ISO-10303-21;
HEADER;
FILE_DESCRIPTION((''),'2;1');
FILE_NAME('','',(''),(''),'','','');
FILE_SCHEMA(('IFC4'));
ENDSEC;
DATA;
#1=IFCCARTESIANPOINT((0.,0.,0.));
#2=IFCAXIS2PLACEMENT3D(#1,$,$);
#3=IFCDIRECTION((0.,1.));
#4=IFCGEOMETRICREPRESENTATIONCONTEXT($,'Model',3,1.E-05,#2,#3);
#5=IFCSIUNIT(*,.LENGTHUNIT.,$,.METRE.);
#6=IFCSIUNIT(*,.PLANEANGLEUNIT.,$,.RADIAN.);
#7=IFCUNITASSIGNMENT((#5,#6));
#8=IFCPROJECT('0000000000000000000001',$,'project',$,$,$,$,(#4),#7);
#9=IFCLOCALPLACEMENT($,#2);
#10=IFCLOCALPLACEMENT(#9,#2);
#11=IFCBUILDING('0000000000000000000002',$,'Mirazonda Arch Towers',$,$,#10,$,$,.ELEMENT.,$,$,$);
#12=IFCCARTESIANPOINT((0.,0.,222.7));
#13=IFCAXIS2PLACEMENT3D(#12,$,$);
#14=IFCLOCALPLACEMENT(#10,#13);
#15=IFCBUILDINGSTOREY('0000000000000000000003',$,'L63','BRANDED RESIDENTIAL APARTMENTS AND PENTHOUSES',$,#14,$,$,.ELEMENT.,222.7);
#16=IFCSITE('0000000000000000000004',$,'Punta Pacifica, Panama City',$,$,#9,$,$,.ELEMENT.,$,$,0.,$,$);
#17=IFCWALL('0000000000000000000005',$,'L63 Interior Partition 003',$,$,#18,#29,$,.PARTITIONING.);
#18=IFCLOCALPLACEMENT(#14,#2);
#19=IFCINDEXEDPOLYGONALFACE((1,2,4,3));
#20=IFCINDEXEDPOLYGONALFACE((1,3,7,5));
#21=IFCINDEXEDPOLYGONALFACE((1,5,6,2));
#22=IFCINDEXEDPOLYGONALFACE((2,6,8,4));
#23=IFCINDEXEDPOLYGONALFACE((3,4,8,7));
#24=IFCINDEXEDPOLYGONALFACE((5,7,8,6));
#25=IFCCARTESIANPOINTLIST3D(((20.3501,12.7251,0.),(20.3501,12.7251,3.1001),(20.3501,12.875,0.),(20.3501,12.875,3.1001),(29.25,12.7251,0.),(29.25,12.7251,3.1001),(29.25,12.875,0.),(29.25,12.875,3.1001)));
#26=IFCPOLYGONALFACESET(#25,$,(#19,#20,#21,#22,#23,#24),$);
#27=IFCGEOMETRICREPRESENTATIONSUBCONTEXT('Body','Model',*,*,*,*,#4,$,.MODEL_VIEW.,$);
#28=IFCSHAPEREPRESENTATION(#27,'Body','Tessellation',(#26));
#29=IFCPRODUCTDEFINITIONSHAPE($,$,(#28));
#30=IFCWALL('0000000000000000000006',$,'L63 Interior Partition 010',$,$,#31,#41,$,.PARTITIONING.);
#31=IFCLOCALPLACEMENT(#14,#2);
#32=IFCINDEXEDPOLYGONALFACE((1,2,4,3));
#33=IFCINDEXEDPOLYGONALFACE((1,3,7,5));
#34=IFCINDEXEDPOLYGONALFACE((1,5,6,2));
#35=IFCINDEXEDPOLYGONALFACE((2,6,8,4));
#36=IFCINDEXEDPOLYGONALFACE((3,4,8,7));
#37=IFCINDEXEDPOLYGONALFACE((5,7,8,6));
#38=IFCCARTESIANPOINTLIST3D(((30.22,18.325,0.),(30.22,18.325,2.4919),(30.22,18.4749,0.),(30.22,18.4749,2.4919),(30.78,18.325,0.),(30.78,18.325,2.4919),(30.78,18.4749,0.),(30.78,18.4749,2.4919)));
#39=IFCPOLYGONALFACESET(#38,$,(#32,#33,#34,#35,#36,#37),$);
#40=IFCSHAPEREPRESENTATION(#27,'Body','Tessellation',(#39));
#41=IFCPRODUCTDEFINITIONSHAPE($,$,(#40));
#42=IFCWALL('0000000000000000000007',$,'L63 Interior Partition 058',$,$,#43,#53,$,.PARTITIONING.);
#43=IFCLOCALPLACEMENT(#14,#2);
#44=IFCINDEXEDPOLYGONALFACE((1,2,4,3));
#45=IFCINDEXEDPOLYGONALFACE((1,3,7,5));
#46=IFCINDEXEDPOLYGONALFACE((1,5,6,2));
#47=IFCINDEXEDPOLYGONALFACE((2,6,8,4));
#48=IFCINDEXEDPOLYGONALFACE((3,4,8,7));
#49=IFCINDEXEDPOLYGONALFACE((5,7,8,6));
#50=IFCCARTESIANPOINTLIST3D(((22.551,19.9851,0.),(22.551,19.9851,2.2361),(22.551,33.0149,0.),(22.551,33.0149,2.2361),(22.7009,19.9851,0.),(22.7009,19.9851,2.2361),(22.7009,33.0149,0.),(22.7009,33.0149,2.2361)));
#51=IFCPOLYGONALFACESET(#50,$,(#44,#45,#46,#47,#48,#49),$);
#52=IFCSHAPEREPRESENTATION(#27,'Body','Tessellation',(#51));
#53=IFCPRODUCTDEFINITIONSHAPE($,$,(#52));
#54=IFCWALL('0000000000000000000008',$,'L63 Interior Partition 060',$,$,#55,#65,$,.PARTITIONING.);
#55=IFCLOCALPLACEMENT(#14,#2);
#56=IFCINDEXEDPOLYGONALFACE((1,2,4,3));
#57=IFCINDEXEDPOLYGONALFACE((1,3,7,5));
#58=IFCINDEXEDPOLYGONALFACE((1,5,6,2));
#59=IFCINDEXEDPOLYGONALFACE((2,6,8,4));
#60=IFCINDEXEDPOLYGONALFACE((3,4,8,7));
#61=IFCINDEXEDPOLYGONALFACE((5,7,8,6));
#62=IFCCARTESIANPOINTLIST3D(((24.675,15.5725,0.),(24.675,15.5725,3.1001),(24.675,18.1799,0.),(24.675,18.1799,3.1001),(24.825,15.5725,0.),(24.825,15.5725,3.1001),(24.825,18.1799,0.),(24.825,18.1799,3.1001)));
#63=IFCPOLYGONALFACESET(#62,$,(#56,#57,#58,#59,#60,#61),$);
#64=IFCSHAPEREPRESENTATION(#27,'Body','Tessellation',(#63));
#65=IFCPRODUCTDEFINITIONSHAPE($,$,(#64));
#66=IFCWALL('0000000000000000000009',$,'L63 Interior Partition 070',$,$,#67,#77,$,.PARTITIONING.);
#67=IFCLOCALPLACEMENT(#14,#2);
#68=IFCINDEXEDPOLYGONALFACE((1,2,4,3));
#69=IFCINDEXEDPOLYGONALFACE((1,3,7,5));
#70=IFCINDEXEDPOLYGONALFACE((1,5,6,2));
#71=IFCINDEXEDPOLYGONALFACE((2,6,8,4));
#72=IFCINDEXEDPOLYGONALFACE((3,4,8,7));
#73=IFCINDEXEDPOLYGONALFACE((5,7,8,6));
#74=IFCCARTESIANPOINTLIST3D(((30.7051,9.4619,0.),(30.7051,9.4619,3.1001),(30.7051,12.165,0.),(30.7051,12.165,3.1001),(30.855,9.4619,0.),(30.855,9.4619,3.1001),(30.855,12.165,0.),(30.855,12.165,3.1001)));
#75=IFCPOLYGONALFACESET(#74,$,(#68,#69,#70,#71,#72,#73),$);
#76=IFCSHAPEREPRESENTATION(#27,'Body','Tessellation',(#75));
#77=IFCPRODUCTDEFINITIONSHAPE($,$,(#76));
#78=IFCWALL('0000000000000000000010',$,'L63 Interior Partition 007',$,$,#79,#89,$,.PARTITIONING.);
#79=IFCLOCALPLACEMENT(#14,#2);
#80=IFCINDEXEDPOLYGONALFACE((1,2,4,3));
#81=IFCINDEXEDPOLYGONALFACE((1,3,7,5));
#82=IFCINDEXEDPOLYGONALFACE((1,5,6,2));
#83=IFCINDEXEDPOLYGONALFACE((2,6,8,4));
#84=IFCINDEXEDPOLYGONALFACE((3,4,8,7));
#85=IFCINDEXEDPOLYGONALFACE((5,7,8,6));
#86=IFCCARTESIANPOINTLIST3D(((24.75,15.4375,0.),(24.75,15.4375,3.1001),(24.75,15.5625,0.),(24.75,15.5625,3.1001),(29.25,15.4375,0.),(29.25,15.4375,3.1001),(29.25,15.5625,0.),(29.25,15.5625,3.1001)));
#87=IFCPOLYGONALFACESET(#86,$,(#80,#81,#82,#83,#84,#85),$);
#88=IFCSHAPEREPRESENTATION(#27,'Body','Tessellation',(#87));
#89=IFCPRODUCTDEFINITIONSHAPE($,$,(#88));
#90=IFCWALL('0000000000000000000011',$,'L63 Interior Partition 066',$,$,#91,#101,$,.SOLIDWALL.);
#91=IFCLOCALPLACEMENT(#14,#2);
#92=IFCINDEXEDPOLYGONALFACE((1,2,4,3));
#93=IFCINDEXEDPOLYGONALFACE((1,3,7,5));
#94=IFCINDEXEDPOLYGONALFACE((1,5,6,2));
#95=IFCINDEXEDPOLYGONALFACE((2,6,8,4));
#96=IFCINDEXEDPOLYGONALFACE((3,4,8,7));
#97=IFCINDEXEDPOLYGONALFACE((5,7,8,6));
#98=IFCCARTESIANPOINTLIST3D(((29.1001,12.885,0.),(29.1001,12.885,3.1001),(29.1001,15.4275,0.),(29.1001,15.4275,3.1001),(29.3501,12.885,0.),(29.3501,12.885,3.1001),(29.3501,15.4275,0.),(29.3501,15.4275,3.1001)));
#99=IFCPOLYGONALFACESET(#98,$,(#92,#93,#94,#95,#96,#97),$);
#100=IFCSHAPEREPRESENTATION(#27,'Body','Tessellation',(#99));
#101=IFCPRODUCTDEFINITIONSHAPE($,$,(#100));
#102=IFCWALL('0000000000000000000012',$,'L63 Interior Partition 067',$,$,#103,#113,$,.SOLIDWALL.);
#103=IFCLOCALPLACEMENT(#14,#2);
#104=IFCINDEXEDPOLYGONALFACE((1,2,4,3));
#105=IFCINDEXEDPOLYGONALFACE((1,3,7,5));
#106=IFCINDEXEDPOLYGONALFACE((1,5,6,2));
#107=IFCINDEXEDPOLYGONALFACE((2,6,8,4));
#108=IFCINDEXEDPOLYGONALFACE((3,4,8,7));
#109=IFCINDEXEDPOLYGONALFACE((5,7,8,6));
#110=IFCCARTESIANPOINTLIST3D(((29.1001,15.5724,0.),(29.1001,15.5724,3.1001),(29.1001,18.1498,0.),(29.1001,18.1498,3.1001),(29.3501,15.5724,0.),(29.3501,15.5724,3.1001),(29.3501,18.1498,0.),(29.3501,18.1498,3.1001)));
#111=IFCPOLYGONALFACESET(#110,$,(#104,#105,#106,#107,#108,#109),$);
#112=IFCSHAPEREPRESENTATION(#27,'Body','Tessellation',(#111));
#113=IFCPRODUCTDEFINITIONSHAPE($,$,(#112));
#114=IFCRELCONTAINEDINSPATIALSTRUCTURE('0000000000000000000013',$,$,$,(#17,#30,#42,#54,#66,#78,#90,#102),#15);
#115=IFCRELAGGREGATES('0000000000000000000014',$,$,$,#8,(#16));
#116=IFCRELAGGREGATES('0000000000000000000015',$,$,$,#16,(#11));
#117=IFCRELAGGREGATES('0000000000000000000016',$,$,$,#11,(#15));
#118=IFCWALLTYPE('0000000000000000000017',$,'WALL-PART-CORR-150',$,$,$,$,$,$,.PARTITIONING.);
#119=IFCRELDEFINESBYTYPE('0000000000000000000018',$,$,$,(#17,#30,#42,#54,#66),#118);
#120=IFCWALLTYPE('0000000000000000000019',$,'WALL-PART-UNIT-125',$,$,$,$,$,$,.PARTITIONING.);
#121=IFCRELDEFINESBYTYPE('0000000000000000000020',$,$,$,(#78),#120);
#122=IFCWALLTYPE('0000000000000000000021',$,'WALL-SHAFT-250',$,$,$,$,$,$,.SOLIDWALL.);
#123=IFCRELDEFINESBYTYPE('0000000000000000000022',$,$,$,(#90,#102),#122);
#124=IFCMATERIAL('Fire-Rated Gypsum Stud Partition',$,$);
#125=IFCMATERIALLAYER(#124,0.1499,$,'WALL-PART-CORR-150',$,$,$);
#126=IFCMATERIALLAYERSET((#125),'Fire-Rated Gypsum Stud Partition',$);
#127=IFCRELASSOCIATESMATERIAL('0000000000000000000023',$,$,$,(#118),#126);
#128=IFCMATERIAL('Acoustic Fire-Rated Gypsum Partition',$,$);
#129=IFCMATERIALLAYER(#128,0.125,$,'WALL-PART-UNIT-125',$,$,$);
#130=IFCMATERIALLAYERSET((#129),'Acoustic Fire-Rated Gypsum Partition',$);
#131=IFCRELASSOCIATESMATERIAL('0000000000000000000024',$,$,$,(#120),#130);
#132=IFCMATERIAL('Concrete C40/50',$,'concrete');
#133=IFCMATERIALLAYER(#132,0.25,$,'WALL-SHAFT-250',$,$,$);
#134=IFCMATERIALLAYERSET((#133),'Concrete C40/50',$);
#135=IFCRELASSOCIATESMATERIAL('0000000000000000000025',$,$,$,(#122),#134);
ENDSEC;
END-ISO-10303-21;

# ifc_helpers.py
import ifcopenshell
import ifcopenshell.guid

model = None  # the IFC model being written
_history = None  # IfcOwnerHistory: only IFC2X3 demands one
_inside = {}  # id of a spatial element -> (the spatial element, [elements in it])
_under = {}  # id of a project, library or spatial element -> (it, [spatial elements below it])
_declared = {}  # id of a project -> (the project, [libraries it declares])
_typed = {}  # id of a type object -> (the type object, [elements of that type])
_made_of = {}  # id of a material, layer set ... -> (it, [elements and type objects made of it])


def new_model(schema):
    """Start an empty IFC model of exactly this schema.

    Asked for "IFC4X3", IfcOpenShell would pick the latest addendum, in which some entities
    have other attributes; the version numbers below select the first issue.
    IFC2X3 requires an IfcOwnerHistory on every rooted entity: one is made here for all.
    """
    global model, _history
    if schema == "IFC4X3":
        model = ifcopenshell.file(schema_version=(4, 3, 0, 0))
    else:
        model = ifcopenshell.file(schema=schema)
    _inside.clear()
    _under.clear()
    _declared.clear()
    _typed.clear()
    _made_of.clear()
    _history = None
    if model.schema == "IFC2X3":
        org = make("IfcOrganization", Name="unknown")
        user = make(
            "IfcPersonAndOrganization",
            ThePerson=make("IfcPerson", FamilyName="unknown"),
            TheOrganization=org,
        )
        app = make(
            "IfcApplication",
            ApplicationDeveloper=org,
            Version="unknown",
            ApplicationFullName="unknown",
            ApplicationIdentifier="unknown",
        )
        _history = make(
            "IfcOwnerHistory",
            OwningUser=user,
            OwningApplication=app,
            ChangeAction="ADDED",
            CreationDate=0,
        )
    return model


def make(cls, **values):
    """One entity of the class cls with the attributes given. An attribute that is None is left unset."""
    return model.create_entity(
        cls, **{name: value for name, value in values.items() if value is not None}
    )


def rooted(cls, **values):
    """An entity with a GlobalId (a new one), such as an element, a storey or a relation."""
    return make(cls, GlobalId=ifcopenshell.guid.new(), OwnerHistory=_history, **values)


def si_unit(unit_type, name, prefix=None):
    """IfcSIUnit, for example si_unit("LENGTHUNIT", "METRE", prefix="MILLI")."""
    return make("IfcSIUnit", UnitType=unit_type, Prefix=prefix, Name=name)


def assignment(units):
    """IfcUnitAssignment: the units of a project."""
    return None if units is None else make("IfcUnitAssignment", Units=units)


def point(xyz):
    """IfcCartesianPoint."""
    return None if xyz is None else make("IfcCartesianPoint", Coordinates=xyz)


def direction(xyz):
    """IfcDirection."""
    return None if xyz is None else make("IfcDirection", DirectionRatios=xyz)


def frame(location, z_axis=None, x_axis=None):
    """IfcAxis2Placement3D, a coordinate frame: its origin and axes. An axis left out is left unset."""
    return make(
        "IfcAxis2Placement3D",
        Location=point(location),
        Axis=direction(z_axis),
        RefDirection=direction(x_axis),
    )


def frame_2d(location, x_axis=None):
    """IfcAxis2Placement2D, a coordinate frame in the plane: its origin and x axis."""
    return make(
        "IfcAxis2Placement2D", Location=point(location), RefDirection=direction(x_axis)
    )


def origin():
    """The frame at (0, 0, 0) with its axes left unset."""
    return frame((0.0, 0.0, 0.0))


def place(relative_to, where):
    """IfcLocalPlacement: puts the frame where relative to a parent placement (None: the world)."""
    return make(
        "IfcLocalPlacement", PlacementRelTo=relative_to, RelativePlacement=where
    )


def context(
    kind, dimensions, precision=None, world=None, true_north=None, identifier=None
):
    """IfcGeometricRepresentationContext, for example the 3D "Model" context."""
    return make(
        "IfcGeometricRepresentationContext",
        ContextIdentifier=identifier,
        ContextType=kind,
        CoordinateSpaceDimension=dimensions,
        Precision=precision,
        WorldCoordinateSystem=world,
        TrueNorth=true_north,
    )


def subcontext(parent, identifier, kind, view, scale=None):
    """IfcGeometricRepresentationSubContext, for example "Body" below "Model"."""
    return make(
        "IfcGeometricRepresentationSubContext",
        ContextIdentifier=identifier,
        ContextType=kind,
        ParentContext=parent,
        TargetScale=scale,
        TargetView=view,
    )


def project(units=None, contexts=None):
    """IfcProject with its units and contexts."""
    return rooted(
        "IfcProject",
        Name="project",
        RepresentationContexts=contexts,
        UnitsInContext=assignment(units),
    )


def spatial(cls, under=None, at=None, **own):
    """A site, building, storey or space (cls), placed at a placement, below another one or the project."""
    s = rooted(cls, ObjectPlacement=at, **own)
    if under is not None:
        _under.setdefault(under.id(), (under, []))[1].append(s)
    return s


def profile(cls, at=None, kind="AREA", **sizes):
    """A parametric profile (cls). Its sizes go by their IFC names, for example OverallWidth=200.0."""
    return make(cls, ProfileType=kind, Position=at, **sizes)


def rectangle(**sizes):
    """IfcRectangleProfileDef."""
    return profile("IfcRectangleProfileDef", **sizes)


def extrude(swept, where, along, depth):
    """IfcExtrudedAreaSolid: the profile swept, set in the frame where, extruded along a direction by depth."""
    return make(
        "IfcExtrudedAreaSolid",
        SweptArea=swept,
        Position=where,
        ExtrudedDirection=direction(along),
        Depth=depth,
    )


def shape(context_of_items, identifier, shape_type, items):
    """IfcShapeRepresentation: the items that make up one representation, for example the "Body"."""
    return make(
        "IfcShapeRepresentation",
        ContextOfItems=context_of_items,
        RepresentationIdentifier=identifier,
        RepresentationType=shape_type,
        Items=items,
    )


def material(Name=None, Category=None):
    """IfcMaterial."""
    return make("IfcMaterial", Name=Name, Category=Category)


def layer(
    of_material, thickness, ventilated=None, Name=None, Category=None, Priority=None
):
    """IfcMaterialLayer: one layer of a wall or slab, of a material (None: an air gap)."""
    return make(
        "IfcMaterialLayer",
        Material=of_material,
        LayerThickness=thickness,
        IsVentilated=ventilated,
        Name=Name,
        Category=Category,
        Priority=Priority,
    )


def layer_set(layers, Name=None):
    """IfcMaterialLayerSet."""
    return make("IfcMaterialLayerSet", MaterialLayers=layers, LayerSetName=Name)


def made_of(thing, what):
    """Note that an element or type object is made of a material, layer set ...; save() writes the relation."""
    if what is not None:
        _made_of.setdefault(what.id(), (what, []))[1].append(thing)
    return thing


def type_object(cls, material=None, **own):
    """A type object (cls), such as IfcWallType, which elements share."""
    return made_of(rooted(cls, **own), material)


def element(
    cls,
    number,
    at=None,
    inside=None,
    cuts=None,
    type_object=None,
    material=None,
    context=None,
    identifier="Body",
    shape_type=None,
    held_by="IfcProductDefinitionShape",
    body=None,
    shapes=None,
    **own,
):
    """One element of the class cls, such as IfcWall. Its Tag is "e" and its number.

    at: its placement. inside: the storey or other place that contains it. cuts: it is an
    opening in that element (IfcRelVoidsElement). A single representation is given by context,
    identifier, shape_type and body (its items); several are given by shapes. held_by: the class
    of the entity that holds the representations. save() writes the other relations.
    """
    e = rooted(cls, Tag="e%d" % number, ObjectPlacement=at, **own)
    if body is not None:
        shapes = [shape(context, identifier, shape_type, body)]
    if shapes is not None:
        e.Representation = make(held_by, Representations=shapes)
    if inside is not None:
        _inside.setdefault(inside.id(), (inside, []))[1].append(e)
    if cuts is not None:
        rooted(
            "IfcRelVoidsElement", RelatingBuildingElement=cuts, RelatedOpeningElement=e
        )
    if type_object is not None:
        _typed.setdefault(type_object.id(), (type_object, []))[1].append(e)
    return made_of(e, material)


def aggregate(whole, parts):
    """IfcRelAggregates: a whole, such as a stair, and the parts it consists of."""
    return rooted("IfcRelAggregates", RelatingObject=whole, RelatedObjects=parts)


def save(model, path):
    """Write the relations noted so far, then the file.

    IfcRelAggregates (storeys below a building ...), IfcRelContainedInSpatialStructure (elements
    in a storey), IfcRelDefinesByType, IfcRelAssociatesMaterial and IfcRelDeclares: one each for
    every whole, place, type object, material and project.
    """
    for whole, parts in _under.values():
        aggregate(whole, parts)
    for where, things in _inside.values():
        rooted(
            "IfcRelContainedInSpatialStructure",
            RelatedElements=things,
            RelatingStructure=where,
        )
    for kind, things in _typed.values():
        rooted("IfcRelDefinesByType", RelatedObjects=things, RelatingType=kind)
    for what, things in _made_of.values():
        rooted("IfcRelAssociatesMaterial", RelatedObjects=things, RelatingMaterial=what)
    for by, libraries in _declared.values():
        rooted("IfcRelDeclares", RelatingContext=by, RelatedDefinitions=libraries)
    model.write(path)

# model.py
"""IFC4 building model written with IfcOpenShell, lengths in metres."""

from ifc_helpers import new_model, si_unit, direction, frame, frame_2d, origin, place, context, subcontext, project, spatial, rectangle, extrude, material, layer, layer_set, type_object, element, save


model = new_model("IFC4")

# Units and contexts
model_context = context("Model", 3, precision=1e-05, world=origin(), true_north=direction((0.0, 1.0)))
body_context = subcontext(model_context, "Body", "Model", "MODEL_VIEW")
ifc_project = project(units=[si_unit("LENGTHUNIT", "METRE"), si_unit("PLANEANGLEUNIT", "RADIAN")], contexts=[model_context])

# Site, building, storey
site_placement = place(None, origin())
site = spatial("IfcSite", under=ifc_project, at=site_placement, Name="Punta Pacifica, Panama City", CompositionType="ELEMENT", RefElevation=0.0)
building_placement = place(site_placement, origin())
building = spatial("IfcBuilding", under=site, at=building_placement, Name="Mirazonda Arch Towers", CompositionType="ELEMENT")
storey_placement = place(building_placement, frame((0.0, 0.0, 222.7)))
storey = spatial("IfcBuildingStorey", under=building, at=storey_placement, Name="L63", Description="BRANDED RESIDENTIAL APARTMENTS AND PENTHOUSES", CompositionType="ELEMENT", Elevation=222.7)

# Walls
ifc_material_1 = material(Name="Concrete C40/50", Category="concrete")
ifc_material_2 = material(Name="Fire-Rated Gypsum Stud Partition")
ifc_layer_1 = layer(ifc_material_2, 0.1499, Name="WALL-PART-CORR-150")
ifc_layer_set_1 = layer_set([ifc_layer_1], Name="Fire-Rated Gypsum Stud Partition")
wall_type_1 = type_object("IfcWallType", Name="WALL-PART-CORR-150", PredefinedType="PARTITIONING", material=ifc_layer_set_1)
wall_1_placement = place(storey_placement, frame((20.3501, 12.8, 0.0), z_axis=(0.0, 0.0, 1.0), x_axis=(1.0, 0.0, 0.0)))
element("IfcWall", 1, at=wall_1_placement, inside=storey, type_object=wall_type_1, Name="L63 Interior Partition 003", PredefinedType="PARTITIONING", context=body_context, shape_type="SweptSolid", body=[
    extrude(rectangle(XDim=8.8999, YDim=0.1499, at=frame_2d((4.45, 0.0))), origin(), (0.0, 0.0, 1.0), 3.1001),
])
wall_2_placement = place(storey_placement, frame((30.22, 18.3999, 0.0), z_axis=(0.0, 0.0, 1.0), x_axis=(1.0, 0.0, 0.0)))
element("IfcWall", 2, at=wall_2_placement, inside=storey, type_object=wall_type_1, Name="L63 Interior Partition 010", PredefinedType="PARTITIONING", context=body_context, shape_type="SweptSolid", body=[
    extrude(rectangle(XDim=0.5601, YDim=0.1499, at=frame_2d((0.28, 0.0))), origin(), (0.0, 0.0, 1.0), 2.4919),
])
wall_3_placement = place(storey_placement, frame((22.626, 19.9851, 0.0), z_axis=(0.0, 0.0, 1.0), x_axis=(0.0, 1.0, 0.0)))
element("IfcWall", 3, at=wall_3_placement, inside=storey, type_object=wall_type_1, Name="L63 Interior Partition 058", PredefinedType="PARTITIONING", context=body_context, shape_type="SweptSolid", body=[
    extrude(rectangle(XDim=13.0298, YDim=0.1499, at=frame_2d((6.5149, 0.0))), origin(), (0.0, 0.0, 1.0), 2.2361),
])

# Walls
wall_4_placement = place(storey_placement, frame((24.75, 15.5725, 0.0), z_axis=(0.0, 0.0, 1.0), x_axis=(0.0, 1.0, 0.0)))
element("IfcWall", 4, at=wall_4_placement, inside=storey, type_object=wall_type_1, Name="L63 Interior Partition 060", PredefinedType="PARTITIONING", context=body_context, shape_type="SweptSolid", body=[
    extrude(rectangle(XDim=2.6074, YDim=0.1499, at=frame_2d((1.3037, 0.0))), origin(), (0.0, 0.0, 1.0), 3.1001),
])
wall_5_placement = place(storey_placement, frame((30.78, 9.4619, 0.0), z_axis=(0.0, 0.0, 1.0), x_axis=(0.0, 1.0, 0.0)))
element("IfcWall", 5, at=wall_5_placement, inside=storey, type_object=wall_type_1, Name="L63 Interior Partition 070", PredefinedType="PARTITIONING", context=body_context, shape_type="SweptSolid", body=[
    extrude(rectangle(XDim=2.7031, YDim=0.1499, at=frame_2d((1.3516, 0.0))), origin(), (0.0, 0.0, 1.0), 3.1001),
])
ifc_material_3 = material(Name="Acoustic Fire-Rated Gypsum Partition")
ifc_layer_2 = layer(ifc_material_3, 0.125, Name="WALL-PART-UNIT-125")
ifc_layer_set_2 = layer_set([ifc_layer_2], Name="Acoustic Fire-Rated Gypsum Partition")
wall_type_2 = type_object("IfcWallType", Name="WALL-PART-UNIT-125", PredefinedType="PARTITIONING", material=ifc_layer_set_2)
wall_6_placement = place(storey_placement, frame((24.75, 15.5, 0.0), z_axis=(0.0, 0.0, 1.0), x_axis=(1.0, 0.0, 0.0)))
element("IfcWall", 6, at=wall_6_placement, inside=storey, type_object=wall_type_2, Name="L63 Interior Partition 007", PredefinedType="PARTITIONING", context=body_context, shape_type="SweptSolid", body=[
    extrude(rectangle(XDim=4.5, YDim=0.125, at=frame_2d((2.25, 0.0))), origin(), (0.0, 0.0, 1.0), 3.1001),
])
ifc_layer_3 = layer(ifc_material_1, 0.25, Name="WALL-SHAFT-250")
ifc_layer_set_3 = layer_set([ifc_layer_3], Name="Concrete C40/50")
wall_type_3 = type_object("IfcWallType", Name="WALL-SHAFT-250", PredefinedType="SOLIDWALL", material=ifc_layer_set_3)
wall_7_placement = place(storey_placement, frame((29.2251, 12.885, 0.0), z_axis=(0.0, 0.0, 1.0), x_axis=(0.0, 1.0, 0.0)))
element("IfcWall", 7, at=wall_7_placement, inside=storey, type_object=wall_type_3, Name="L63 Interior Partition 066", PredefinedType="SOLIDWALL", context=body_context, shape_type="SweptSolid", body=[
    extrude(rectangle(XDim=2.5425, YDim=0.25, at=frame_2d((1.2712, 0.0))), origin(), (0.0, 0.0, 1.0), 3.1001),
])
wall_8_placement = place(storey_placement, frame((29.2251, 15.5725, 0.0), z_axis=(0.0, 0.0, 1.0), x_axis=(0.0, 1.0, 0.0)))
element("IfcWall", 8, at=wall_8_placement, inside=storey, type_object=wall_type_3, Name="L63 Interior Partition 067", PredefinedType="SOLIDWALL", context=body_context, shape_type="SweptSolid", body=[
    extrude(rectangle(XDim=2.5774, YDim=0.25, at=frame_2d((1.2886, 0.0))), origin(), (0.0, 0.0, 1.0), 3.1001),
])

save(model, "model.ifc")
